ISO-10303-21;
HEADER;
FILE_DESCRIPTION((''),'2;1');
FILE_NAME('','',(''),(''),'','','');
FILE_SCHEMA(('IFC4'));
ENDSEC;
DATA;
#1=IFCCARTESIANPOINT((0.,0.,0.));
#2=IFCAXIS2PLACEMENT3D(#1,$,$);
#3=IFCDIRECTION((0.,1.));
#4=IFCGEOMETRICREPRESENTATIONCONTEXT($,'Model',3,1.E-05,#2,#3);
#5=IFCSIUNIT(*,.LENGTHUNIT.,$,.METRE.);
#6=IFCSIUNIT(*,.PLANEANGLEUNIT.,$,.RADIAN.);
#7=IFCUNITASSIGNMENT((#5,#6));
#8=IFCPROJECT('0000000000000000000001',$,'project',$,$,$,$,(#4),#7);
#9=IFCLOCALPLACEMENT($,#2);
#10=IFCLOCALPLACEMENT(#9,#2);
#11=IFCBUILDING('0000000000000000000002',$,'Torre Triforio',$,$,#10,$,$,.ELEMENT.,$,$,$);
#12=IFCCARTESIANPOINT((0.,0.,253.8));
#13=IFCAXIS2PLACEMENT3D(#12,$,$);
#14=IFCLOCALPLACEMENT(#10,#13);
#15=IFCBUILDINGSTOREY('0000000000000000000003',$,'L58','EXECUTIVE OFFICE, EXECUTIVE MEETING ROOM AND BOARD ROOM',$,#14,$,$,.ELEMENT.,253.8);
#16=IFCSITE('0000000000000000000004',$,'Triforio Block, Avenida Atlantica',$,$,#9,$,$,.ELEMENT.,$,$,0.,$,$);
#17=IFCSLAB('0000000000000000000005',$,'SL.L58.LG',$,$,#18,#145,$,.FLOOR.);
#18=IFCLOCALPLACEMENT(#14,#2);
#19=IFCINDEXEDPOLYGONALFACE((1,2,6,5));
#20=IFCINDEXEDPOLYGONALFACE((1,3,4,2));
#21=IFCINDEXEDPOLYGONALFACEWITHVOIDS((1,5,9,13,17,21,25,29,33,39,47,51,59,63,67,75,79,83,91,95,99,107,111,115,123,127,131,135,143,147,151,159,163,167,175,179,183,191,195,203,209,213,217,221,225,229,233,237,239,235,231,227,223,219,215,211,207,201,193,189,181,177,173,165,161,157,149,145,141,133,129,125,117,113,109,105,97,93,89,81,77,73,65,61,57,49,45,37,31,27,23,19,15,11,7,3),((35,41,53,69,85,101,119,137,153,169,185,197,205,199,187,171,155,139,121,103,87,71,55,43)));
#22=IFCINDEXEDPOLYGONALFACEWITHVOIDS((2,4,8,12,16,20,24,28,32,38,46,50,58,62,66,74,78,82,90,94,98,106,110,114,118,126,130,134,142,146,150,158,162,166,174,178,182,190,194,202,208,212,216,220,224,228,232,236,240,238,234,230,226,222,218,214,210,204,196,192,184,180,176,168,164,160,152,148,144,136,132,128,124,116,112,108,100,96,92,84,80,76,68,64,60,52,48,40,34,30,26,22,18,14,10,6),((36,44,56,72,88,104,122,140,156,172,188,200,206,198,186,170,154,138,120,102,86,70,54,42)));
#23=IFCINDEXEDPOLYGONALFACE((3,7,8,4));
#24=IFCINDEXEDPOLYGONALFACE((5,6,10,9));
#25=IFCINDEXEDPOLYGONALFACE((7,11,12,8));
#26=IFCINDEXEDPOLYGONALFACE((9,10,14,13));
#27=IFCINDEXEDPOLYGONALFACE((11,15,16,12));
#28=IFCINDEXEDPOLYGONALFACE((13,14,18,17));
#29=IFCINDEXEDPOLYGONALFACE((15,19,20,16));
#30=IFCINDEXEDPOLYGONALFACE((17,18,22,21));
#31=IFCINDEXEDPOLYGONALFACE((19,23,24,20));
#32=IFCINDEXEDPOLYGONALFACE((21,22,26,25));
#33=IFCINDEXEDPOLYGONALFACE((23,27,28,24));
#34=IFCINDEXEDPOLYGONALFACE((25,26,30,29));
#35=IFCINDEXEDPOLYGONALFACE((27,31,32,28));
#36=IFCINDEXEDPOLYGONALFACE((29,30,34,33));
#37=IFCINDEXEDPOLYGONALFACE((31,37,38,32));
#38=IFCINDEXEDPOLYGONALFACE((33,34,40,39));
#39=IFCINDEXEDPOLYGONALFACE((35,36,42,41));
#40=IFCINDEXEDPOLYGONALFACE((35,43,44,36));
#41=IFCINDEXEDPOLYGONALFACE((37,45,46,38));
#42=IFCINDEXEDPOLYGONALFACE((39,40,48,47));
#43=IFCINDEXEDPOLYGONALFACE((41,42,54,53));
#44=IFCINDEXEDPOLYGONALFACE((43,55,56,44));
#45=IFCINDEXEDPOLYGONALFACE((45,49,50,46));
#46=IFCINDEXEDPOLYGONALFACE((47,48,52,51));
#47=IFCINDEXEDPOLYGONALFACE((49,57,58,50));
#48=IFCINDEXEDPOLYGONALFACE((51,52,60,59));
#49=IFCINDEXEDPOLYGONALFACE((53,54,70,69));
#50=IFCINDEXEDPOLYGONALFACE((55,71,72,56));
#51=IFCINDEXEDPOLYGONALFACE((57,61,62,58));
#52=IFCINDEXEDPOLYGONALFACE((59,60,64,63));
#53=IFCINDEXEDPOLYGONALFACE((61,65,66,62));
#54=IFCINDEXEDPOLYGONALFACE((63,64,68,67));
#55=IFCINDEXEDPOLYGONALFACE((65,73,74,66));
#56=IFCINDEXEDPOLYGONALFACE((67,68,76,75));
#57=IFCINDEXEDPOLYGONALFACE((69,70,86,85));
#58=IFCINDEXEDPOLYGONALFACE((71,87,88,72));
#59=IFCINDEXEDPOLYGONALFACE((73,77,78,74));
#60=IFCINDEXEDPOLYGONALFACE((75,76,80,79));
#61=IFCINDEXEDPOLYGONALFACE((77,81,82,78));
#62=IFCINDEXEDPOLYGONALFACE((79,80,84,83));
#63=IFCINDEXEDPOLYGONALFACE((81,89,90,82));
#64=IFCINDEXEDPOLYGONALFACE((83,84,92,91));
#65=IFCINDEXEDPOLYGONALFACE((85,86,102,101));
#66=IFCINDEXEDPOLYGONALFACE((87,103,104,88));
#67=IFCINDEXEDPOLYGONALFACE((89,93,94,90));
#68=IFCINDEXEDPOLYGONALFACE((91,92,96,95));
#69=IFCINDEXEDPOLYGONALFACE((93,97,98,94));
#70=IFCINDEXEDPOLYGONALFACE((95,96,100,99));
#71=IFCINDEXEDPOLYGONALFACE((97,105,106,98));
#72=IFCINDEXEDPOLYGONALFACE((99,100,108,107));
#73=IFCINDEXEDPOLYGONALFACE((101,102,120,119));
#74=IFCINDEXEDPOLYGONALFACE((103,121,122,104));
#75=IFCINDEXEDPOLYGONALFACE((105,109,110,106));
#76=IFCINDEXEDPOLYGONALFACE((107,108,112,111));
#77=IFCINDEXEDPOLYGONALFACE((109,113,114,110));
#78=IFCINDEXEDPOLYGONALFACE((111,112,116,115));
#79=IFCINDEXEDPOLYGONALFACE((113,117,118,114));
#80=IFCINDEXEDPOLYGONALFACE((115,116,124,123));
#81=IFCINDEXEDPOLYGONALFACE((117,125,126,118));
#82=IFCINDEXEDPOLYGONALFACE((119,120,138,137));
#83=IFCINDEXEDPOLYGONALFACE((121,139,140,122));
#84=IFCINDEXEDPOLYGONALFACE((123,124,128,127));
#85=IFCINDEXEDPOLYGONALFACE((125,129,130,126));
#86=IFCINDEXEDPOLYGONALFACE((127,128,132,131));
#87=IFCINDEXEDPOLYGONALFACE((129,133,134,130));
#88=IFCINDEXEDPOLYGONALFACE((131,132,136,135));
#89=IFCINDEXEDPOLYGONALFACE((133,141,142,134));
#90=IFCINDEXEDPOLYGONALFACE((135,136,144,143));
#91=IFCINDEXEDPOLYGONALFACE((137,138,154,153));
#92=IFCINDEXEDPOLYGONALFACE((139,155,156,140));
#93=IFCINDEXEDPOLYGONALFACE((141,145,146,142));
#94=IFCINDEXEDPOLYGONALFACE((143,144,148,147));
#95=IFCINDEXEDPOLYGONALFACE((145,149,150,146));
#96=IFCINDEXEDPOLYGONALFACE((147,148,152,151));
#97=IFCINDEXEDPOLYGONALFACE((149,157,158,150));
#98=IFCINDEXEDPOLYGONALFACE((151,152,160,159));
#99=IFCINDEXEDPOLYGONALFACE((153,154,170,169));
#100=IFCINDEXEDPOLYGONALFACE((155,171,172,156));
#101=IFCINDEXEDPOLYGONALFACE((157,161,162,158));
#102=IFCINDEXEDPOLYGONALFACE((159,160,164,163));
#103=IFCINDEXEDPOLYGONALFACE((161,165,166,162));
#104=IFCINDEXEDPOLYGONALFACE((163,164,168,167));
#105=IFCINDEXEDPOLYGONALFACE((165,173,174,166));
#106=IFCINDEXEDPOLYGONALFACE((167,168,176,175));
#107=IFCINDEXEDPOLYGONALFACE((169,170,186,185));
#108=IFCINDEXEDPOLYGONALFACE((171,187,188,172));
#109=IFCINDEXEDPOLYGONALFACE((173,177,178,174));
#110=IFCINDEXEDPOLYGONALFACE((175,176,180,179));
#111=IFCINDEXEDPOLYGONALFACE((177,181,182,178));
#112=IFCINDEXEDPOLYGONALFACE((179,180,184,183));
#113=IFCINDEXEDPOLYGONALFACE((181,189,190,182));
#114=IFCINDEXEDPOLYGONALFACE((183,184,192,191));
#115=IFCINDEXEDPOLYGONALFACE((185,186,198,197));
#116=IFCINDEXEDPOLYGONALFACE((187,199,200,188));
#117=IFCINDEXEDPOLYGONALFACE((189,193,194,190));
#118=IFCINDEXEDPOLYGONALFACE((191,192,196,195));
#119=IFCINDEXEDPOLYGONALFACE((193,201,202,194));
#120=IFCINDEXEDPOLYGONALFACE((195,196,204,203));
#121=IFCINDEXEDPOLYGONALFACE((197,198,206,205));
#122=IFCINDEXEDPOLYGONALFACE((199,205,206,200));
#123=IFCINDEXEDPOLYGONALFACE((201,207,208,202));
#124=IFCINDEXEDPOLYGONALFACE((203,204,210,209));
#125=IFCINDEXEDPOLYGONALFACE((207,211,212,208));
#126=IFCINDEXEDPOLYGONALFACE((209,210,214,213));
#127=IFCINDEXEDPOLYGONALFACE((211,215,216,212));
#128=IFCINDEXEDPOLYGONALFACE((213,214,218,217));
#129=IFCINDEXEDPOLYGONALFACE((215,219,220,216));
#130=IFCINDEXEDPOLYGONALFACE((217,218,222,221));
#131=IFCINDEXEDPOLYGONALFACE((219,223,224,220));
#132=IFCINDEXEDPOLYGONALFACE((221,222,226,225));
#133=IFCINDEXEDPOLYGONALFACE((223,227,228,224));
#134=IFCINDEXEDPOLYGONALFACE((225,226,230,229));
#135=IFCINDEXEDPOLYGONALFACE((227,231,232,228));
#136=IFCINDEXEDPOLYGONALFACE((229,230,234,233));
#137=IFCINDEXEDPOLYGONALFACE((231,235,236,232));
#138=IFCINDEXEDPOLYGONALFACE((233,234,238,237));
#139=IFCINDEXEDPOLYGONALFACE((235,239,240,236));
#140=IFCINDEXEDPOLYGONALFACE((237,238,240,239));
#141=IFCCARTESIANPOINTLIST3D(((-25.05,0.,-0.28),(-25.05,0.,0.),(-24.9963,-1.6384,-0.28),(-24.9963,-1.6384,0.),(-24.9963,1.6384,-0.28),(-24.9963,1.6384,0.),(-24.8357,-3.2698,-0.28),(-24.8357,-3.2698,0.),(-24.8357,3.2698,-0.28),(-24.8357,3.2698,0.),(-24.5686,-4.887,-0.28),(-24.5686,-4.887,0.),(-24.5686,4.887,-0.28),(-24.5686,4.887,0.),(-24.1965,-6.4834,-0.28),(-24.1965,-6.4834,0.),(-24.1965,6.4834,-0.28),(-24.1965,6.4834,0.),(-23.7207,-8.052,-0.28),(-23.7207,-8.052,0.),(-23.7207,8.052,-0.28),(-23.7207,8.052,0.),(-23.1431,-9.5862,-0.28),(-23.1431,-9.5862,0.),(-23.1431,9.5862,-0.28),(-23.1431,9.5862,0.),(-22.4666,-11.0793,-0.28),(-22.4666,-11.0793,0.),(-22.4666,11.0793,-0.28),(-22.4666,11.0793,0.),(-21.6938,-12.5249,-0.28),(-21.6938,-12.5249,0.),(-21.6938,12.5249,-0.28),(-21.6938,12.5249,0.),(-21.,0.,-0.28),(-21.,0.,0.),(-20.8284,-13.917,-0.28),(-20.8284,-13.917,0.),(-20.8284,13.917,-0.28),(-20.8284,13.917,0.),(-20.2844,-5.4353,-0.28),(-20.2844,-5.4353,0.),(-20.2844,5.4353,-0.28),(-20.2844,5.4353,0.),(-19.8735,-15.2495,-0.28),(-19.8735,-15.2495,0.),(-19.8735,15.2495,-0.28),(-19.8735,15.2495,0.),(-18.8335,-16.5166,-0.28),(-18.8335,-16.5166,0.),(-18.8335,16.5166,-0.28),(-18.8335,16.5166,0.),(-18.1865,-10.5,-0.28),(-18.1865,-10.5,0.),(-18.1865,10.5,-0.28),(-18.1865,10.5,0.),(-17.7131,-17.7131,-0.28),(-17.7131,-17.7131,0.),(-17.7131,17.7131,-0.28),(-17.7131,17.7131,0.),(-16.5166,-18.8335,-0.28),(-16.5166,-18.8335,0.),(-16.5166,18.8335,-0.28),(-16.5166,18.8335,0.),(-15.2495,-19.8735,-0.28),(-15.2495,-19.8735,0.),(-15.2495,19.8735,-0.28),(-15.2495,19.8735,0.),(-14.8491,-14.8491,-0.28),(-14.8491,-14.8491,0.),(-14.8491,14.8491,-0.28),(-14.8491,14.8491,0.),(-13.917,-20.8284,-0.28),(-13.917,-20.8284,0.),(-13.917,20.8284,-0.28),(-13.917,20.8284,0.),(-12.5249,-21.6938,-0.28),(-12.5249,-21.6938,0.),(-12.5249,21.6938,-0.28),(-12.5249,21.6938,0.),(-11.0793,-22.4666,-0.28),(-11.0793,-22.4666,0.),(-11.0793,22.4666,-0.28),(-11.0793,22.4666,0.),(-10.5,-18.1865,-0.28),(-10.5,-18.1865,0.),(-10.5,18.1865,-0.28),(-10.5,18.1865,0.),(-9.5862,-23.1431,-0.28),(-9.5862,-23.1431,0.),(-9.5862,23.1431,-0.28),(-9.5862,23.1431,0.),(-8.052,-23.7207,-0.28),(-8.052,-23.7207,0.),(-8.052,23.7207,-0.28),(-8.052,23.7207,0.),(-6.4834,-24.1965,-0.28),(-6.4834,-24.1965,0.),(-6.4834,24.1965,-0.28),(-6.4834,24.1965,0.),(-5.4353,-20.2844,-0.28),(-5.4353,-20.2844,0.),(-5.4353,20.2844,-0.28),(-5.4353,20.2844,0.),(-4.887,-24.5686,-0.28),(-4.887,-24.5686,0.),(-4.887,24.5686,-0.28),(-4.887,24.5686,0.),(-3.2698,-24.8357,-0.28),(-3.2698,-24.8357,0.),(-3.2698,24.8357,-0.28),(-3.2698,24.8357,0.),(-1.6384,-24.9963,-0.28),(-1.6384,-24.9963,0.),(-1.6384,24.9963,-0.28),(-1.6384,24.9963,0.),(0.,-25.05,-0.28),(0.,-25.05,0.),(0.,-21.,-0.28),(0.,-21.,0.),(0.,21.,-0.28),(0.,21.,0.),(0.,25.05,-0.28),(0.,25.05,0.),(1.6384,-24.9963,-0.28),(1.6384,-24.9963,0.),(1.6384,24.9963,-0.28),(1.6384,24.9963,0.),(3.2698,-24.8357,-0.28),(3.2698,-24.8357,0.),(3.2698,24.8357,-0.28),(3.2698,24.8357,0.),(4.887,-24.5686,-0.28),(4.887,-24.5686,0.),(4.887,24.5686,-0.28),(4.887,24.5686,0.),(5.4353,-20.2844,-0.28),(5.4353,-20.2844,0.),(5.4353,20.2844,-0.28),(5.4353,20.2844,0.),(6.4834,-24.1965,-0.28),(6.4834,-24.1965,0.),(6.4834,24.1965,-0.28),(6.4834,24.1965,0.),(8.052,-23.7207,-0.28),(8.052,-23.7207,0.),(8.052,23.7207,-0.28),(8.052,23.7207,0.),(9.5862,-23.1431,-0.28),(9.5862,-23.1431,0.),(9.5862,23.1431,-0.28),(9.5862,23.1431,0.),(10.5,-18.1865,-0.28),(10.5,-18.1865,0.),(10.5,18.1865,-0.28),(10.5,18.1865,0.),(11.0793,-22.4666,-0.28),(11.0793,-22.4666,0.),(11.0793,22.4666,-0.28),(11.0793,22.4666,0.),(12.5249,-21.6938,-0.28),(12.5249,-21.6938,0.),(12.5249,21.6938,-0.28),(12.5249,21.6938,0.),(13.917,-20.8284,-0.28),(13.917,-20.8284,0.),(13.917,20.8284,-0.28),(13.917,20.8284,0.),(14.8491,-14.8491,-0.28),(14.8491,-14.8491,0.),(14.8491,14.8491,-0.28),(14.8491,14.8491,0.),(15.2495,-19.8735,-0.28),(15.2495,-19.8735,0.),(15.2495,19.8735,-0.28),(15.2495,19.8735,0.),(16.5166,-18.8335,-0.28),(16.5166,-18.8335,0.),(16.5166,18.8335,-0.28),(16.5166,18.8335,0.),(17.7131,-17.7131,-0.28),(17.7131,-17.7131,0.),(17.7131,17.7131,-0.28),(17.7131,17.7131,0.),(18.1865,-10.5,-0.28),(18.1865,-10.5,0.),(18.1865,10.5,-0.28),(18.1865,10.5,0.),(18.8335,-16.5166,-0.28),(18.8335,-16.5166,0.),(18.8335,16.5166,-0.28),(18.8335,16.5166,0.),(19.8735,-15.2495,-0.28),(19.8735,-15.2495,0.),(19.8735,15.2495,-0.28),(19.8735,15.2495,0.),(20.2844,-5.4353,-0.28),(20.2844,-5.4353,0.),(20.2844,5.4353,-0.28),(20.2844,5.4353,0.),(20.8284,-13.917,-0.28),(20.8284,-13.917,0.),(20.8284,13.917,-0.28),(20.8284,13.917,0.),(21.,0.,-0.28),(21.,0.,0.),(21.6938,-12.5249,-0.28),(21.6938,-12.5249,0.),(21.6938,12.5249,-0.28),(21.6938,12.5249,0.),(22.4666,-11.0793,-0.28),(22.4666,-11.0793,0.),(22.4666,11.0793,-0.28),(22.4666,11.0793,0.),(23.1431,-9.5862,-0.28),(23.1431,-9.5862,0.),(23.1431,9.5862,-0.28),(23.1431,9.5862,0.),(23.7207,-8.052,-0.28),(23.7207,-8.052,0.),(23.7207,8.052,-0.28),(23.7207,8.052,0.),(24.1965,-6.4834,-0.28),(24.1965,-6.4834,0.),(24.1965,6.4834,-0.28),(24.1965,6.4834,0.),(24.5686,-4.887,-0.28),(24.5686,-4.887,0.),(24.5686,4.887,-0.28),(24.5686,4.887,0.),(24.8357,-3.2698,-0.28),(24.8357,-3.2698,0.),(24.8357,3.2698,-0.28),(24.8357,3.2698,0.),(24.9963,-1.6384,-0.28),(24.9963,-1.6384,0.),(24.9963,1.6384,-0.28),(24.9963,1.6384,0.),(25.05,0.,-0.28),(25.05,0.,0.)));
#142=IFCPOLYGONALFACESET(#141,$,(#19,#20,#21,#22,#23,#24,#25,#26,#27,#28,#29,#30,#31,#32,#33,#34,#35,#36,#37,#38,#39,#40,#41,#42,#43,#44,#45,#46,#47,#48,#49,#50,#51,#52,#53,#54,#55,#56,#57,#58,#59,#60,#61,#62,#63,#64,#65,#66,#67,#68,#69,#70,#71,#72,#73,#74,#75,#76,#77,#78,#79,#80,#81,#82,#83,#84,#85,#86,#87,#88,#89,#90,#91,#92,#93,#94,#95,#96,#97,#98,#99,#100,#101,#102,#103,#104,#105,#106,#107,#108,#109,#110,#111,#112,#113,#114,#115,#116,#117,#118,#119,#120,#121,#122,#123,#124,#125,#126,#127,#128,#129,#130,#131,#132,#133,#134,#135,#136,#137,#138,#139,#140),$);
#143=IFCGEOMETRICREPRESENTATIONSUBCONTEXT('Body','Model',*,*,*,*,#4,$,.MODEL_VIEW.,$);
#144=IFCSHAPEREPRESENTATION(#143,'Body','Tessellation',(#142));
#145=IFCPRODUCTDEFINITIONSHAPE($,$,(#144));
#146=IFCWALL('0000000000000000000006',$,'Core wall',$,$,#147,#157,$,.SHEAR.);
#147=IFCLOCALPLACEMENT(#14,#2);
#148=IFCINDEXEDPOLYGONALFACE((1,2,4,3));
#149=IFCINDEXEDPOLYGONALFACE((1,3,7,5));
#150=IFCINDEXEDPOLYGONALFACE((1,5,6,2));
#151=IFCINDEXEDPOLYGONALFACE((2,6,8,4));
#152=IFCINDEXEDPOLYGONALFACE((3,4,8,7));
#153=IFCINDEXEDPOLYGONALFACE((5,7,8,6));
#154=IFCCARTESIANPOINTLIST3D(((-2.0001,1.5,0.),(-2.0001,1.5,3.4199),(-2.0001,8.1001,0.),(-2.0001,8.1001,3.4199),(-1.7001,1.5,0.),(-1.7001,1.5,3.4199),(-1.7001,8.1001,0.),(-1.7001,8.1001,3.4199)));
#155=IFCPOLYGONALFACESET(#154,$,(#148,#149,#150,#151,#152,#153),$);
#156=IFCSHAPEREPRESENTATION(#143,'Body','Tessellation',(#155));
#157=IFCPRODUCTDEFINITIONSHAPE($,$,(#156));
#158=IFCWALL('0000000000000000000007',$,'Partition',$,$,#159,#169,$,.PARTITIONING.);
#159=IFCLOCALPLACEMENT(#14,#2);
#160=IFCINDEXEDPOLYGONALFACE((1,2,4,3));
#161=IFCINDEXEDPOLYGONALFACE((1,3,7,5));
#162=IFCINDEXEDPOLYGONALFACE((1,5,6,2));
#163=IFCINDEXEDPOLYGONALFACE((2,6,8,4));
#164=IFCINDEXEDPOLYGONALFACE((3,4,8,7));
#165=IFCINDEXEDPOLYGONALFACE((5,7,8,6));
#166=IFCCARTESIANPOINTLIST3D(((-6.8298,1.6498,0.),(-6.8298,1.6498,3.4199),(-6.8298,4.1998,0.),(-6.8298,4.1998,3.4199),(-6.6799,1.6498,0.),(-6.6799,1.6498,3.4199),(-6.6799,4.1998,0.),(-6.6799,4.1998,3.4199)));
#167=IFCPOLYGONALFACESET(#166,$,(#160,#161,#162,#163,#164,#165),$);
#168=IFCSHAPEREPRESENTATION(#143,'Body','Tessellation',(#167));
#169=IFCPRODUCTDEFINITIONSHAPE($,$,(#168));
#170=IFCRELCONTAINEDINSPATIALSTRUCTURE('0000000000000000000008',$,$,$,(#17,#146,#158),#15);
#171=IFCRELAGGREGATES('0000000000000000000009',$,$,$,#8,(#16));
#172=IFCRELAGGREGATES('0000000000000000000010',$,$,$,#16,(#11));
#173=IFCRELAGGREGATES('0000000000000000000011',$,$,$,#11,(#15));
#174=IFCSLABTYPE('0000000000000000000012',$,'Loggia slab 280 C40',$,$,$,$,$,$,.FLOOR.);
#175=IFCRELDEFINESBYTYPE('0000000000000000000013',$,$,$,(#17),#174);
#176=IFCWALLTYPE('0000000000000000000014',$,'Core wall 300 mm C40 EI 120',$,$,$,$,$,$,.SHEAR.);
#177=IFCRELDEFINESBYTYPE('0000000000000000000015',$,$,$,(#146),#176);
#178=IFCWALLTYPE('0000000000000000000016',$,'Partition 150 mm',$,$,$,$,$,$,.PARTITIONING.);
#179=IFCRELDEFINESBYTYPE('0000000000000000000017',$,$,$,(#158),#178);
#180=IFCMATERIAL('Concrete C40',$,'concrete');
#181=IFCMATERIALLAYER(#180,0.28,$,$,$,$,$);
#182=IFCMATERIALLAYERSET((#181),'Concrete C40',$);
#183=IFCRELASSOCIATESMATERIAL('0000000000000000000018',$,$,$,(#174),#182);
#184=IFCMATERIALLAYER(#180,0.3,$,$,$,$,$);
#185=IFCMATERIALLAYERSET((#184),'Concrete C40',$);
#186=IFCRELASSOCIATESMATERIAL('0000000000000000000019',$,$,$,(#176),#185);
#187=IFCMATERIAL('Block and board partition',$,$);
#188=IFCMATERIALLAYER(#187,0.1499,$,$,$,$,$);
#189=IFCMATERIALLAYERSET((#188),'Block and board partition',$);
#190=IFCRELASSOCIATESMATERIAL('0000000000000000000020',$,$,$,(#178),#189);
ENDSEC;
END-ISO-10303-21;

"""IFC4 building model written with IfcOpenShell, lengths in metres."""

from ifc_helpers import new_model, si_unit, direction, frame, frame_2d, origin, place, context, subcontext, project, spatial, polyline, rectangle, outline, extrude, material, layer, layer_set, type_object, element, save


model = new_model("IFC4")

# Units and contexts
model_context = context("Model", 3, precision=1e-05, world=origin(), true_north=direction((0.0, 1.0)))
body_context = subcontext(model_context, "Body", "Model", "MODEL_VIEW")
ifc_project = project(units=[si_unit("LENGTHUNIT", "METRE"), si_unit("PLANEANGLEUNIT", "RADIAN")], contexts=[model_context])

# Site, building, storey
site_placement = place(None, origin())
site = spatial("IfcSite", under=ifc_project, at=site_placement, Name="Triforio Block, Avenida Atlantica", CompositionType="ELEMENT", RefElevation=0.0)
building_placement = place(site_placement, origin())
building = spatial("IfcBuilding", under=site, at=building_placement, Name="Torre Triforio", CompositionType="ELEMENT")
storey_placement = place(building_placement, frame((0.0, 0.0, 253.8)))
storey = spatial("IfcBuildingStorey", under=building, at=storey_placement, Name="L58", Description="EXECUTIVE OFFICE, EXECUTIVE MEETING ROOM AND BOARD ROOM", CompositionType="ELEMENT", Elevation=253.8)

# Slab
ifc_material_1 = material(Name="Concrete C40", Category="concrete")
ifc_layer_1 = layer(ifc_material_1, 0.28)
ifc_layer_set_1 = layer_set([ifc_layer_1], Name="Concrete C40")
slab_type_1 = type_object("IfcSlabType", Name="Loggia slab 280 C40", PredefinedType="FLOOR", material=ifc_layer_set_1)
slab_1_placement = place(storey_placement, frame((0.0, 0.0, -0.28)))
element("IfcSlab", 1, at=slab_1_placement, inside=storey, type_object=slab_type_1, Name="SL.L58.LG", PredefinedType="FLOOR", context=body_context, shape_type="SweptSolid", body=[
    extrude(outline(polyline([(24.9963, -1.6384), (25.05, 0.0), (24.9963, 1.6384), (24.8357, 3.2698), (24.5686, 4.887), (24.1965, 6.4834), (23.7207, 8.052), (23.1431, 9.5862), (22.4666, 11.0793), (21.6938, 12.5249), (20.8284, 13.917), (19.8735, 15.2495), (18.8335, 16.5166), (17.7131, 17.7131), (16.5166, 18.8335), (15.2495, 19.8735), (13.917, 20.8284), (12.5249, 21.6938), (11.0793, 22.4666), (9.5862, 23.1431), (8.052, 23.7207), (6.4834, 24.1965), (4.887, 24.5686), (3.2698, 24.8357), (1.6384, 24.9963), (0.0, 25.05), (-1.6384, 24.9963), (-3.2698, 24.8357), (-4.887, 24.5686), (-6.4834, 24.1965), (-8.052, 23.7207), (-9.5862, 23.1431), (-11.0793, 22.4666), (-12.5249, 21.6938), (-13.917, 20.8284), (-15.2495, 19.8735), (-16.5166, 18.8335), (-17.7131, 17.7131), (-18.8335, 16.5166), (-19.8735, 15.2495), (-20.8284, 13.917), (-21.6938, 12.5249), (-22.4666, 11.0793), (-23.1431, 9.5862), (-23.7207, 8.052), (-24.1965, 6.4834), (-24.5686, 4.887), (-24.8357, 3.2698), (-24.9963, 1.6384), (-25.05, 0.0), (-24.9963, -1.6384), (-24.8357, -3.2698), (-24.5686, -4.887), (-24.1965, -6.4834), (-23.7207, -8.052), (-23.1431, -9.5862), (-22.4666, -11.0793), (-21.6938, -12.5249), (-20.8284, -13.917), (-19.8735, -15.2495), (-18.8335, -16.5166), (-17.7131, -17.7131), (-16.5166, -18.8335), (-15.2495, -19.8735), (-13.917, -20.8284), (-12.5249, -21.6938), (-11.0793, -22.4666), (-9.5862, -23.1431), (-8.052, -23.7207), (-6.4834, -24.1965), (-4.887, -24.5686), (-3.2698, -24.8357), (-1.6384, -24.9963), (0.0, -25.05), (1.6384, -24.9963), (3.2698, -24.8357), (4.887, -24.5686), (6.4834, -24.1965), (8.052, -23.7207), (9.5862, -23.1431), (11.0793, -22.4666), (12.5249, -21.6938), (13.917, -20.8284), (15.2495, -19.8735), (16.5166, -18.8335), (17.7131, -17.7131), (18.8335, -16.5166), (19.8735, -15.2495), (20.8284, -13.917), (21.6938, -12.5249), (22.4666, -11.0793), (23.1431, -9.5862), (23.7207, -8.052), (24.1965, -6.4834), (24.5686, -4.887), (24.8357, -3.2698), (24.9963, -1.6384)]), holes=[polyline([(20.2844, 5.4353), (21.0, 0.0), (20.2844, -5.4353), (18.1865, -10.5), (14.8491, -14.8491), (10.5, -18.1865), (5.4353, -20.2844), (0.0, -21.0), (-5.4353, -20.2844), (-10.5, -18.1865), (-14.8491, -14.8491), (-18.1865, -10.5), (-20.2844, -5.4353), (-21.0, 0.0), (-20.2844, 5.4353), (-18.1865, 10.5), (-14.8491, 14.8491), (-10.5, 18.1865), (-5.4353, 20.2844), (0.0, 21.0), (5.4353, 20.2844), (10.5, 18.1865), (14.8491, 14.8491), (18.1865, 10.5), (20.2844, 5.4353)])]), origin(), (0.0, 0.0, 1.0), 0.28),
])

# Walls
ifc_layer_2 = layer(ifc_material_1, 0.3)
ifc_layer_set_2 = layer_set([ifc_layer_2], Name="Concrete C40")
wall_type_1 = type_object("IfcWallType", Name="Core wall 300 mm C40 EI 120", PredefinedType="SHEAR", material=ifc_layer_set_2)
wall_1_placement = place(storey_placement, frame((-1.8501, 1.5, 0.0), z_axis=(0.0, 0.0, 1.0), x_axis=(0.0, 1.0, 0.0)))
element("IfcWall", 2, at=wall_1_placement, inside=storey, type_object=wall_type_1, Name="Core wall", PredefinedType="SHEAR", context=body_context, shape_type="SweptSolid", body=[
    extrude(rectangle(XDim=6.6001, YDim=0.3, at=frame_2d((3.3, 0.0))), origin(), (0.0, 0.0, 1.0), 3.4199),
])
ifc_material_2 = material(Name="Block and board partition")
ifc_layer_3 = layer(ifc_material_2, 0.1499)
ifc_layer_set_3 = layer_set([ifc_layer_3], Name="Block and board partition")
wall_type_2 = type_object("IfcWallType", Name="Partition 150 mm", PredefinedType="PARTITIONING", material=ifc_layer_set_3)
wall_2_placement = place(storey_placement, frame((-6.7549, 1.6499, 0.0), z_axis=(0.0, 0.0, 1.0), x_axis=(0.0, 1.0, 0.0)))
element("IfcWall", 3, at=wall_2_placement, inside=storey, type_object=wall_type_2, Name="Partition", PredefinedType="PARTITIONING", context=body_context, shape_type="SweptSolid", body=[
    extrude(rectangle(XDim=2.55, YDim=0.1499, at=frame_2d((1.2749, 0.0))), origin(), (0.0, 0.0, 1.0), 3.4199),
])

save(model, "model.ifc")
